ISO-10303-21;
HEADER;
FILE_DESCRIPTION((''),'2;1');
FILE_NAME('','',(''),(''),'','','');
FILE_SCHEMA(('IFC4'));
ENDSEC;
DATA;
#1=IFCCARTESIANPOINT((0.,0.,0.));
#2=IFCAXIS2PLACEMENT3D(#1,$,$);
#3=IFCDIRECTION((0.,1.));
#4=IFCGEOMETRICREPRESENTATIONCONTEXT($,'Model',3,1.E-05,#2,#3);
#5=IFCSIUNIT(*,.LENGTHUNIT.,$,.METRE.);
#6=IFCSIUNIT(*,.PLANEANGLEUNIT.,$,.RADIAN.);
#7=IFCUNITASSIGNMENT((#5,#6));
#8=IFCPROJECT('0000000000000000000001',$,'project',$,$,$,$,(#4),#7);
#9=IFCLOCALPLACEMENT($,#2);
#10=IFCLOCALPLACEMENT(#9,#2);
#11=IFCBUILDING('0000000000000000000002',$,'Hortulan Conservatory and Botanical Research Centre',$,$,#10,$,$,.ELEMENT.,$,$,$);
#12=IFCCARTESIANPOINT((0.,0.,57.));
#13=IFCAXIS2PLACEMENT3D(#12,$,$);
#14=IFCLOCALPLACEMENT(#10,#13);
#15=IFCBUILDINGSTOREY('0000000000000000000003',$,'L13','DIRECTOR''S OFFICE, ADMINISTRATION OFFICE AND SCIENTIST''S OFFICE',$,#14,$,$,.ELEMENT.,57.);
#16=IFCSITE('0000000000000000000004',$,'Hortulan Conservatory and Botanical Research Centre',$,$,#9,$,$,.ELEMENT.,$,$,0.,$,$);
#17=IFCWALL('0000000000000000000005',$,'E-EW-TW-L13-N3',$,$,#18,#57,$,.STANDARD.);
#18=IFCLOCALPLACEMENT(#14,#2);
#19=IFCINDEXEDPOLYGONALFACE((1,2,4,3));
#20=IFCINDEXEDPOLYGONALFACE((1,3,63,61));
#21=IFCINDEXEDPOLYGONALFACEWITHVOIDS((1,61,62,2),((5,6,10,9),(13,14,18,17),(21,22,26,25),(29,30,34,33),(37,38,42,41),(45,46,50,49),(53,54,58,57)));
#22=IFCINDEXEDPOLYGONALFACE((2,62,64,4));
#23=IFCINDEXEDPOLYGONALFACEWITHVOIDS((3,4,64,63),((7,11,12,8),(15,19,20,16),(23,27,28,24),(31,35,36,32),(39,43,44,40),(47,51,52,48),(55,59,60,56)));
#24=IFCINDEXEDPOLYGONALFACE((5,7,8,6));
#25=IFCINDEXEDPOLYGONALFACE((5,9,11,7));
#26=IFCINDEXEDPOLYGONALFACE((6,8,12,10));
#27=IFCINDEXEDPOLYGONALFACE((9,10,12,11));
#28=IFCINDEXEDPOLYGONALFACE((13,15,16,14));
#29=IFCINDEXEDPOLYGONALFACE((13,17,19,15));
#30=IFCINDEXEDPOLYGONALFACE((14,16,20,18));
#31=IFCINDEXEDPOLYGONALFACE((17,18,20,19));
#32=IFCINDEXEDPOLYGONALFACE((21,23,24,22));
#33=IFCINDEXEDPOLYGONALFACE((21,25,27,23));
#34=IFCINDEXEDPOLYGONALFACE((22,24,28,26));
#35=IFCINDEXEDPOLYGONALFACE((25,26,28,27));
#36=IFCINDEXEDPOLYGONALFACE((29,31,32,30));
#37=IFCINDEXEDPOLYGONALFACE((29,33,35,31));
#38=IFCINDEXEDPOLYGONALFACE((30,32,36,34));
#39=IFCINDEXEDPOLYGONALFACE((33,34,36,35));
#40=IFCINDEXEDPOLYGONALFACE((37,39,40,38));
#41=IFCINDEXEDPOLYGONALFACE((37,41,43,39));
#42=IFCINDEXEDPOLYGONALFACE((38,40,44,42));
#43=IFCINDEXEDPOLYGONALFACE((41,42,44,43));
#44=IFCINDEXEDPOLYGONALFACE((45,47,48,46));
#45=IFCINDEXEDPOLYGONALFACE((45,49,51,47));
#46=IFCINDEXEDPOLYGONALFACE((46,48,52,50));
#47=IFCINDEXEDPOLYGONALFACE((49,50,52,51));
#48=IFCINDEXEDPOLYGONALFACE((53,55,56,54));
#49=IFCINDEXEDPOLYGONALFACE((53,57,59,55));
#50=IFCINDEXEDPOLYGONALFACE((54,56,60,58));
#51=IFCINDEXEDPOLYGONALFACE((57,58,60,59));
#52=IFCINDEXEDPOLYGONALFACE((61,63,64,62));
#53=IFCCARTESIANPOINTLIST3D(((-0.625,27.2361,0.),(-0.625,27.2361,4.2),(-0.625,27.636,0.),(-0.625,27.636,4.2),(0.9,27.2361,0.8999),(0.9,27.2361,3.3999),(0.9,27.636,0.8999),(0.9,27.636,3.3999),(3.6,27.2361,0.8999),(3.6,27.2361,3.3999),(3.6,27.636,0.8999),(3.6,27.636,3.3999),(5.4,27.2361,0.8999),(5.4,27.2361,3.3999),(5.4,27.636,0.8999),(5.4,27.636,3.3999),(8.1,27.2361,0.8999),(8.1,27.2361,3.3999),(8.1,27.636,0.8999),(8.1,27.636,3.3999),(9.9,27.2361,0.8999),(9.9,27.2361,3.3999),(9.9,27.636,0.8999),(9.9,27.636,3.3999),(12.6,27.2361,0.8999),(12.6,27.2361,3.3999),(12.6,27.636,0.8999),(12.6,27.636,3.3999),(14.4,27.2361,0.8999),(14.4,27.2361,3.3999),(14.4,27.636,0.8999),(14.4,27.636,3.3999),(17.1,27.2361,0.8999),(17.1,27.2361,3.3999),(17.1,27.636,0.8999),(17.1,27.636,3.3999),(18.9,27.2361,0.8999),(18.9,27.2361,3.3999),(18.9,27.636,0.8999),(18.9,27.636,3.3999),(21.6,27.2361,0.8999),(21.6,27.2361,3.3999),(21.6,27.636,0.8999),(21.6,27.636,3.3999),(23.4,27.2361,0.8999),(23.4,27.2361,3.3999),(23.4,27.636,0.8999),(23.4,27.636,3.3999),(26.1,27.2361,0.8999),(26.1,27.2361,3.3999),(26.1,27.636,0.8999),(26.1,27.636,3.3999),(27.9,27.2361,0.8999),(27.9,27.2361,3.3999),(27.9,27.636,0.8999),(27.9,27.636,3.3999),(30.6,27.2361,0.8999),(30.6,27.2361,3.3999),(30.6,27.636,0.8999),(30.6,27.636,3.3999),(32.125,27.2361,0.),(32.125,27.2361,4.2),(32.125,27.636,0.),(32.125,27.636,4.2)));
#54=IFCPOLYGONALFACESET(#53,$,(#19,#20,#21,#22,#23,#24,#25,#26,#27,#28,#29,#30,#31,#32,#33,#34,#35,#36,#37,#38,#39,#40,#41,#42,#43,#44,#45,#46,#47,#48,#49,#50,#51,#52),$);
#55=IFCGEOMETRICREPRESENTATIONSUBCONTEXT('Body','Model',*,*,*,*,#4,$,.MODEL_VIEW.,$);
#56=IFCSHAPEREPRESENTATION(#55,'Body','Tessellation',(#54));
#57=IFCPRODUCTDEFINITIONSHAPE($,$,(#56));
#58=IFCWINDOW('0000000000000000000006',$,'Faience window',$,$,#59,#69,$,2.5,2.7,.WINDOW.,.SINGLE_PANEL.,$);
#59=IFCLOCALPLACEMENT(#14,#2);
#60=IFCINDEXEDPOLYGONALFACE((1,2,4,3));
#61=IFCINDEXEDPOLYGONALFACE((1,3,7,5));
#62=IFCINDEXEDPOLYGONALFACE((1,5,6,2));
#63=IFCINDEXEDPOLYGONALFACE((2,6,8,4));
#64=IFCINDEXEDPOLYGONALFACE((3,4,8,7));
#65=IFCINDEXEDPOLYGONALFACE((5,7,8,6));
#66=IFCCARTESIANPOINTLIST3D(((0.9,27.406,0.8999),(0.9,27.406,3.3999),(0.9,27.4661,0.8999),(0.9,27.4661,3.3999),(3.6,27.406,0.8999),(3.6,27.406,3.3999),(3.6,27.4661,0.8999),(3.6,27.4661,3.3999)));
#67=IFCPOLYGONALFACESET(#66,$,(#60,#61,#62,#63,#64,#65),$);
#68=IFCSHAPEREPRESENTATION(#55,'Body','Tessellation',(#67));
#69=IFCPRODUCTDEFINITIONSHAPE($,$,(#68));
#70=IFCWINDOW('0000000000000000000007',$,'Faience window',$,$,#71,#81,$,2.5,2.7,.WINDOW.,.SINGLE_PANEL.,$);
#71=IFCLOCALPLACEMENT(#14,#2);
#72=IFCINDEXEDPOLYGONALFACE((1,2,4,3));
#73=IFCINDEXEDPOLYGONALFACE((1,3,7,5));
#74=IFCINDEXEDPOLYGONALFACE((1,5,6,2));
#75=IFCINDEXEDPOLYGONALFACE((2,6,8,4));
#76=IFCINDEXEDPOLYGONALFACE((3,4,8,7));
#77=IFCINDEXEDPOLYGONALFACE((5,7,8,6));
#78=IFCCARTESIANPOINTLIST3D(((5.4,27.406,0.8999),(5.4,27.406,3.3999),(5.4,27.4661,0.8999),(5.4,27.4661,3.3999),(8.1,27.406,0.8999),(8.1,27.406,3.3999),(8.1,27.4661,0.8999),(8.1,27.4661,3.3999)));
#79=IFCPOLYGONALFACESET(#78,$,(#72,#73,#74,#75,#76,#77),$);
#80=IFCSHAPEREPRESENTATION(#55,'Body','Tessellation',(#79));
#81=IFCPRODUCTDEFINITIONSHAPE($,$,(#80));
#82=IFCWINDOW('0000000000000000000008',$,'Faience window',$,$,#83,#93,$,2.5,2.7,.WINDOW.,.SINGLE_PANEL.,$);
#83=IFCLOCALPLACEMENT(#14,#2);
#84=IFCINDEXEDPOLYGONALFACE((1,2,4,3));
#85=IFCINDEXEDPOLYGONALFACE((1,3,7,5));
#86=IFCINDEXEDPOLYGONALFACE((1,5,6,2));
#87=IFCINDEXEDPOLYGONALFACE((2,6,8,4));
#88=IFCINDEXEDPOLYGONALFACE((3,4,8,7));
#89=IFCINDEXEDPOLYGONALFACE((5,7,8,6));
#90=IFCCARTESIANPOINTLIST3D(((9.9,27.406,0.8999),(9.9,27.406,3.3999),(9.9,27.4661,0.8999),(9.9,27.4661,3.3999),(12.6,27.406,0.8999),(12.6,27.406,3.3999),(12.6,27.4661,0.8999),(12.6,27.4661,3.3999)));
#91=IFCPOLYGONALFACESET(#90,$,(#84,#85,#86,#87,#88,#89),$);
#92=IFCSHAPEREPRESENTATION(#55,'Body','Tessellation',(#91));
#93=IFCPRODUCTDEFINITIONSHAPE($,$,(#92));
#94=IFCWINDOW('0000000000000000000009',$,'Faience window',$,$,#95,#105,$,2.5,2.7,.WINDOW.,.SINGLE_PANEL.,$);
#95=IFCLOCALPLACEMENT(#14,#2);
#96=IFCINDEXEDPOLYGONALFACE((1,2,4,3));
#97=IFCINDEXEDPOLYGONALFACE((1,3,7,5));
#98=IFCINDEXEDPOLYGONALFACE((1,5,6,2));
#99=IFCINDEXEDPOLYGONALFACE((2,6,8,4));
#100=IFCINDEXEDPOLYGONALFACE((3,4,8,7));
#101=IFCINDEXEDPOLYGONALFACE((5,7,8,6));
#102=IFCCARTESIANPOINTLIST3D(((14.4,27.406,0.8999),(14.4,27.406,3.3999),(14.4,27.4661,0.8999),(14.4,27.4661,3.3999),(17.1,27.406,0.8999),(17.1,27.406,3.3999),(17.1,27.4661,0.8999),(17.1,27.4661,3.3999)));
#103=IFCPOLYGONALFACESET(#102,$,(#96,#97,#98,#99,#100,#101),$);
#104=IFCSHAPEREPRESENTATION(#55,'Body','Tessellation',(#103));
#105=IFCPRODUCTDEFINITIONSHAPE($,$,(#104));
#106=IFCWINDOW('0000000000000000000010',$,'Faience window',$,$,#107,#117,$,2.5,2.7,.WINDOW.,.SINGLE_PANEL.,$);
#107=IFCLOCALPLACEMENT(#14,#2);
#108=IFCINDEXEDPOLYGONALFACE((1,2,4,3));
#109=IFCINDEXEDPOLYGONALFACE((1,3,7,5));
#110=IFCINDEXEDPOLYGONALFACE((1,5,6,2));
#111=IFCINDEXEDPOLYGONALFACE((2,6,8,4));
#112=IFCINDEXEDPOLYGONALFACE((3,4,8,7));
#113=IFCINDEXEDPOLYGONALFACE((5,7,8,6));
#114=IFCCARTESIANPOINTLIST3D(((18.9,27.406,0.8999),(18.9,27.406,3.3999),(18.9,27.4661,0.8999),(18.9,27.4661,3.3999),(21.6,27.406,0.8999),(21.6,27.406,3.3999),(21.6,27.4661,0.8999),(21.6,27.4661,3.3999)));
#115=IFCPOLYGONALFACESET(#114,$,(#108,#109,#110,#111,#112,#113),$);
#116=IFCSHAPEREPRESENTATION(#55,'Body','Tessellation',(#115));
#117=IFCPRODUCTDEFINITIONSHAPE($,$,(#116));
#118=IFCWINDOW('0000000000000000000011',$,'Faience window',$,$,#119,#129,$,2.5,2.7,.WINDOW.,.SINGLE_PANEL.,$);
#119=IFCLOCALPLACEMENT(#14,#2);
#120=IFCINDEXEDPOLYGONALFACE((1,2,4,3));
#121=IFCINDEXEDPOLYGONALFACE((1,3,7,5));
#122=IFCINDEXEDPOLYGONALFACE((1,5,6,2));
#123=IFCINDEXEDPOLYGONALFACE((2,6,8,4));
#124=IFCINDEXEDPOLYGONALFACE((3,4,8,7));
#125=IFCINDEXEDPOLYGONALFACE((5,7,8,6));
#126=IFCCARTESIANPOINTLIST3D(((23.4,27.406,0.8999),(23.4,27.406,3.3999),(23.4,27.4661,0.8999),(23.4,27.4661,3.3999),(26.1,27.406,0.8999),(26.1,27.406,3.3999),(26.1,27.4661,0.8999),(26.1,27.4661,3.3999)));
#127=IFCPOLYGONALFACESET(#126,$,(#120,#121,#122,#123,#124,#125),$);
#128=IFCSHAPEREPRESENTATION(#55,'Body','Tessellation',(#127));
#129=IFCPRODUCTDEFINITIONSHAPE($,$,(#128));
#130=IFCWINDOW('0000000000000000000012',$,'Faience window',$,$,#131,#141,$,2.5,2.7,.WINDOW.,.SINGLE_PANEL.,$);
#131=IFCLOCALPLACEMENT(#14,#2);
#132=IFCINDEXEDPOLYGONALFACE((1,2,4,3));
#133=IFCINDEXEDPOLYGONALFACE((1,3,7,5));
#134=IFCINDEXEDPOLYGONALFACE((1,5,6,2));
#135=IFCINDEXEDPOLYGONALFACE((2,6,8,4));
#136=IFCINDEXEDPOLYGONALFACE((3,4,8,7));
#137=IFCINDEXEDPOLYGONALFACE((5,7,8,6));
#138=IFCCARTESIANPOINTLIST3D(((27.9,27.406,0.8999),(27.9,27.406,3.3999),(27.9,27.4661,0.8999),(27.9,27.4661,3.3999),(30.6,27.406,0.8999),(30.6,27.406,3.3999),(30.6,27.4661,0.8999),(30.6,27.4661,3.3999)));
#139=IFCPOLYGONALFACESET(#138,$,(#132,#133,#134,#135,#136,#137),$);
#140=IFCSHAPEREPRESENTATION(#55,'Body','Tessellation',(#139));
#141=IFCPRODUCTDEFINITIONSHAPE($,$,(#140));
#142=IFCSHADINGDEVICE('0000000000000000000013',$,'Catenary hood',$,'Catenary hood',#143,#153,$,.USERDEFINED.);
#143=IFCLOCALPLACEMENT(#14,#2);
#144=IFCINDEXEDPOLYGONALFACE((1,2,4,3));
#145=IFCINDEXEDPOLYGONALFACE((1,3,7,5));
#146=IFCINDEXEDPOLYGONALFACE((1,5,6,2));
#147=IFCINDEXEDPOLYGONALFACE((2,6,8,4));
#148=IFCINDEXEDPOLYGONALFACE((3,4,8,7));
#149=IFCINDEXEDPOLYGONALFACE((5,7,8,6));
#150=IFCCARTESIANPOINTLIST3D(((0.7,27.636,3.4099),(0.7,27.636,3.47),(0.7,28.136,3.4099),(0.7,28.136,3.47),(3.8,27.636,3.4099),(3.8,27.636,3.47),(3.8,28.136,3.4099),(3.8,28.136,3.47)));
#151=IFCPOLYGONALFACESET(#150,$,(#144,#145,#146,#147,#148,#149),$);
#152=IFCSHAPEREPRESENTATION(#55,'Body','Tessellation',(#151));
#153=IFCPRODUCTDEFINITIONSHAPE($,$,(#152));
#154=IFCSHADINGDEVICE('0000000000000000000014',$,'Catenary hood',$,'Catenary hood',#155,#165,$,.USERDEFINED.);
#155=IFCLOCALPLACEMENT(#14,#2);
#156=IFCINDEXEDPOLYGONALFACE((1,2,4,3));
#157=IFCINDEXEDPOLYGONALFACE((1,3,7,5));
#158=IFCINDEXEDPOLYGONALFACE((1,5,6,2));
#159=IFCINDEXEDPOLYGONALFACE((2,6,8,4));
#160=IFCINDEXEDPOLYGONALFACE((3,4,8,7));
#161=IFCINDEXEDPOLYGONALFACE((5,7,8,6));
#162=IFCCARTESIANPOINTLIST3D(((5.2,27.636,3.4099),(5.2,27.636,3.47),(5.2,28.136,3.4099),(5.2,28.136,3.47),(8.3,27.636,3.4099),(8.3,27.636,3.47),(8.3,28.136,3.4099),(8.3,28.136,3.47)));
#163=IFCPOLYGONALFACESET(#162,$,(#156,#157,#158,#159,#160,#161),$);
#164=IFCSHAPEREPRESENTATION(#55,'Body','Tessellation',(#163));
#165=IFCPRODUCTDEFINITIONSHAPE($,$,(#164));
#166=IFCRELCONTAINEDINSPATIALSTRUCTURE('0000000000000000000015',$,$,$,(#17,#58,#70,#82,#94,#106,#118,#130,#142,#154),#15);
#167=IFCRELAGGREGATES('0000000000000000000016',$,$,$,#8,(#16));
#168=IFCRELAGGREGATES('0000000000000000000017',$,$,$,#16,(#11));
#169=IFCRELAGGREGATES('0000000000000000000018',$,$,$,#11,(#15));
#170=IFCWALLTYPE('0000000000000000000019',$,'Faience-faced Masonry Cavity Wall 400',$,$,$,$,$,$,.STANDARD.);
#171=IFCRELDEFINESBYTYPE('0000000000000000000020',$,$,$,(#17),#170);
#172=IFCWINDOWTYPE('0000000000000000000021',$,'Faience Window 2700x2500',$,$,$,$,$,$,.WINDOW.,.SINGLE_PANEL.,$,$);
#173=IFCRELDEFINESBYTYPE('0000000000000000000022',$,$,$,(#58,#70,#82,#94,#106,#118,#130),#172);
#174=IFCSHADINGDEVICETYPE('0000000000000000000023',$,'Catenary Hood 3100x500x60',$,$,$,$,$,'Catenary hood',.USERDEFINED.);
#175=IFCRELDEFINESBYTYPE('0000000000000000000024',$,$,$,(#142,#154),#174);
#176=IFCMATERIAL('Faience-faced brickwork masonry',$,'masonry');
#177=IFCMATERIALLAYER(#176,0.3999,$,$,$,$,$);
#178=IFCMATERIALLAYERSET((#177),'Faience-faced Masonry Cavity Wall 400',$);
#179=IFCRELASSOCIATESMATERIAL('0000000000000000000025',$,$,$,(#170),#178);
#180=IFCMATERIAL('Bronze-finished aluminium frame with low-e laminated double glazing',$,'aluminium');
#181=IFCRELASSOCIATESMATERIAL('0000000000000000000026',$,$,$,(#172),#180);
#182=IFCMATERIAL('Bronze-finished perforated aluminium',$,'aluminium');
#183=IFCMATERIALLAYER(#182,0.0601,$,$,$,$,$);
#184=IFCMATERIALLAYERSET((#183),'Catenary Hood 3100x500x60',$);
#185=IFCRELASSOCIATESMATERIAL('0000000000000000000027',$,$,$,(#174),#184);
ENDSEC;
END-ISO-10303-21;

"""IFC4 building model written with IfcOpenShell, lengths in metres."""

from ifc_helpers import new_model, si_unit, direction, frame, frame_2d, origin, origin_2d, place, context, subcontext, project, spatial, rectangle, extrude, material, layer, layer_set, type_object, element, fill, save


model = new_model("IFC4")

# Units and contexts
model_context = context("Model", 3, precision=1e-05, world=origin(), true_north=direction((0.0, 1.0)))
body_context = subcontext(model_context, "Body", "Model", "MODEL_VIEW")
ifc_project = project(units=[si_unit("LENGTHUNIT", "METRE"), si_unit("PLANEANGLEUNIT", "RADIAN")], contexts=[model_context])

# Site, building, storey
site_placement = place(None, origin())
site = spatial("IfcSite", under=ifc_project, at=site_placement, Name="Hortulan Conservatory and Botanical Research Centre", CompositionType="ELEMENT", RefElevation=0.0)
building_placement = place(site_placement, origin())
building = spatial("IfcBuilding", under=site, at=building_placement, Name="Hortulan Conservatory and Botanical Research Centre", CompositionType="ELEMENT")
storey_placement = place(building_placement, frame((0.0, 0.0, 57.0)))
storey = spatial("IfcBuildingStorey", under=building, at=storey_placement, Name="L13", Description="DIRECTOR'S OFFICE, ADMINISTRATION OFFICE AND SCIENTIST'S OFFICE", CompositionType="ELEMENT", Elevation=57.0)

# Wall, openings, windows
ifc_material_1 = material(Name="Faience-faced brickwork masonry", Category="masonry")
ifc_layer_1 = layer(ifc_material_1, 0.3999)
ifc_layer_set_1 = layer_set([ifc_layer_1], Name="Faience-faced Masonry Cavity Wall 400")
wall_type = type_object("IfcWallType", Name="Faience-faced Masonry Cavity Wall 400", PredefinedType="STANDARD", material=ifc_layer_set_1)
wall_placement = place(storey_placement, frame((-0.625, 27.436, 0.0), z_axis=(0.0, 0.0, 1.0), x_axis=(1.0, 0.0, 0.0)))
wall = element("IfcWall", 1, at=wall_placement, inside=storey, type_object=wall_type, Name="E-EW-TW-L13-N3", PredefinedType="STANDARD", context=body_context, shape_type="SweptSolid", body=[
    extrude(rectangle(XDim=32.75, YDim=0.3999, at=frame_2d((16.375, 0.0))), origin(), (0.0, 0.0, 1.0), 4.2),
])
opening_1_placement = place(wall_placement, frame((1.5249, 0.0, 0.8999)))
opening_1 = element("IfcOpeningElement", 2, at=opening_1_placement, cuts=wall, PredefinedType="OPENING", context=body_context, shape_type="SweptSolid", body=[
    extrude(rectangle(XDim=2.7, YDim=2.5, at=frame_2d((1.3501, 1.25))), frame((0.0, 0.21, 0.0), z_axis=(0.0, -1.0, 0.0), x_axis=(1.0, 0.0, 0.0)), (0.0, 0.0, 1.0), 0.4199),
])
opening_2_placement = place(wall_placement, frame((6.0249, 0.0, 0.8999)))
opening_2 = element("IfcOpeningElement", 3, at=opening_2_placement, cuts=wall, PredefinedType="OPENING", context=body_context, shape_type="SweptSolid", body=[
    extrude(rectangle(XDim=2.7, YDim=2.5, at=frame_2d((1.3501, 1.25))), frame((0.0, 0.21, 0.0), z_axis=(0.0, -1.0, 0.0), x_axis=(1.0, 0.0, 0.0)), (0.0, 0.0, 1.0), 0.4199),
])
opening_3_placement = place(wall_placement, frame((10.5249, 0.0, 0.8999)))
opening_3 = element("IfcOpeningElement", 4, at=opening_3_placement, cuts=wall, PredefinedType="OPENING", context=body_context, shape_type="SweptSolid", body=[
    extrude(rectangle(XDim=2.7, YDim=2.5, at=frame_2d((1.3501, 1.25))), frame((0.0, 0.21, 0.0), z_axis=(0.0, -1.0, 0.0), x_axis=(1.0, 0.0, 0.0)), (0.0, 0.0, 1.0), 0.4199),
])
opening_4_placement = place(wall_placement, frame((15.0249, 0.0, 0.8999)))
opening_4 = element("IfcOpeningElement", 5, at=opening_4_placement, cuts=wall, PredefinedType="OPENING", context=body_context, shape_type="SweptSolid", body=[
    extrude(rectangle(XDim=2.7, YDim=2.5, at=frame_2d((1.3501, 1.25))), frame((0.0, 0.21, 0.0), z_axis=(0.0, -1.0, 0.0), x_axis=(1.0, 0.0, 0.0)), (0.0, 0.0, 1.0), 0.4199),
])
opening_5_placement = place(wall_placement, frame((19.5249, 0.0, 0.8999)))
opening_5 = element("IfcOpeningElement", 6, at=opening_5_placement, cuts=wall, PredefinedType="OPENING", context=body_context, shape_type="SweptSolid", body=[
    extrude(rectangle(XDim=2.7, YDim=2.5, at=frame_2d((1.3501, 1.25))), frame((0.0, 0.21, 0.0), z_axis=(0.0, -1.0, 0.0), x_axis=(1.0, 0.0, 0.0)), (0.0, 0.0, 1.0), 0.4199),
])
opening_6_placement = place(wall_placement, frame((24.0249, 0.0, 0.8999)))
opening_6 = element("IfcOpeningElement", 7, at=opening_6_placement, cuts=wall, PredefinedType="OPENING", context=body_context, shape_type="SweptSolid", body=[
    extrude(rectangle(XDim=2.7, YDim=2.5, at=frame_2d((1.3501, 1.25))), frame((0.0, 0.21, 0.0), z_axis=(0.0, -1.0, 0.0), x_axis=(1.0, 0.0, 0.0)), (0.0, 0.0, 1.0), 0.4199),
])
opening_7_placement = place(wall_placement, frame((28.5249, 0.0, 0.8999)))
opening_7 = element("IfcOpeningElement", 8, at=opening_7_placement, cuts=wall, PredefinedType="OPENING", context=body_context, shape_type="SweptSolid", body=[
    extrude(rectangle(XDim=2.7, YDim=2.5, at=frame_2d((1.3501, 1.25))), frame((0.0, 0.21, 0.0), z_axis=(0.0, -1.0, 0.0), x_axis=(1.0, 0.0, 0.0)), (0.0, 0.0, 1.0), 0.4199),
])
ifc_material_2 = material(Name="Bronze-finished aluminium frame with low-e laminated double glazing", Category="aluminium")
window_type = type_object("IfcWindowType", Name="Faience Window 2700x2500", PartitioningType="SINGLE_PANEL", PredefinedType="WINDOW", material=ifc_material_2)
window_1_placement = place(opening_1_placement, origin())
window_1 = element("IfcWindow", 9, at=window_1_placement, inside=storey, type_object=window_type, Name="Faience window", OverallHeight=2.5, OverallWidth=2.7, PartitioningType="SINGLE_PANEL", PredefinedType="WINDOW", context=body_context, shape_type="SweptSolid", body=[
    extrude(rectangle(XDim=2.7, YDim=2.5, at=frame_2d((1.3501, 1.25))), frame((0.0, 0.03, 0.0), z_axis=(0.0, -1.0, 0.0), x_axis=(1.0, 0.0, 0.0)), (0.0, 0.0, 1.0), 0.0601),
])
fill(opening_1, window_1)
window_2_placement = place(opening_2_placement, origin())
window_2 = element("IfcWindow", 10, at=window_2_placement, inside=storey, type_object=window_type, Name="Faience window", OverallHeight=2.5, OverallWidth=2.7, PartitioningType="SINGLE_PANEL", PredefinedType="WINDOW", context=body_context, shape_type="SweptSolid", body=[
    extrude(rectangle(XDim=2.7, YDim=2.5, at=frame_2d((1.3501, 1.25))), frame((0.0, 0.03, 0.0), z_axis=(0.0, -1.0, 0.0), x_axis=(1.0, 0.0, 0.0)), (0.0, 0.0, 1.0), 0.0601),
])
fill(opening_2, window_2)
window_3_placement = place(opening_3_placement, origin())
window_3 = element("IfcWindow", 11, at=window_3_placement, inside=storey, type_object=window_type, Name="Faience window", OverallHeight=2.5, OverallWidth=2.7, PartitioningType="SINGLE_PANEL", PredefinedType="WINDOW", context=body_context, shape_type="SweptSolid", body=[
    extrude(rectangle(XDim=2.7, YDim=2.5, at=frame_2d((1.3501, 1.25))), frame((0.0, 0.03, 0.0), z_axis=(0.0, -1.0, 0.0), x_axis=(1.0, 0.0, 0.0)), (0.0, 0.0, 1.0), 0.0601),
])
fill(opening_3, window_3)
window_4_placement = place(opening_4_placement, origin())
window_4 = element("IfcWindow", 12, at=window_4_placement, inside=storey, type_object=window_type, Name="Faience window", OverallHeight=2.5, OverallWidth=2.7, PartitioningType="SINGLE_PANEL", PredefinedType="WINDOW", context=body_context, shape_type="SweptSolid", body=[
    extrude(rectangle(XDim=2.7, YDim=2.5, at=frame_2d((1.3501, 1.25))), frame((0.0, 0.03, 0.0), z_axis=(0.0, -1.0, 0.0), x_axis=(1.0, 0.0, 0.0)), (0.0, 0.0, 1.0), 0.0601),
])
fill(opening_4, window_4)
window_5_placement = place(opening_5_placement, origin())
window_5 = element("IfcWindow", 13, at=window_5_placement, inside=storey, type_object=window_type, Name="Faience window", OverallHeight=2.5, OverallWidth=2.7, PartitioningType="SINGLE_PANEL", PredefinedType="WINDOW", context=body_context, shape_type="SweptSolid", body=[
    extrude(rectangle(XDim=2.7, YDim=2.5, at=frame_2d((1.3501, 1.25))), frame((0.0, 0.03, 0.0), z_axis=(0.0, -1.0, 0.0), x_axis=(1.0, 0.0, 0.0)), (0.0, 0.0, 1.0), 0.0601),
])
fill(opening_5, window_5)
window_6_placement = place(opening_6_placement, origin())
window_6 = element("IfcWindow", 14, at=window_6_placement, inside=storey, type_object=window_type, Name="Faience window", OverallHeight=2.5, OverallWidth=2.7, PartitioningType="SINGLE_PANEL", PredefinedType="WINDOW", context=body_context, shape_type="SweptSolid", body=[
    extrude(rectangle(XDim=2.7, YDim=2.5, at=frame_2d((1.3501, 1.25))), frame((0.0, 0.03, 0.0), z_axis=(0.0, -1.0, 0.0), x_axis=(1.0, 0.0, 0.0)), (0.0, 0.0, 1.0), 0.0601),
])
fill(opening_6, window_6)
window_7_placement = place(opening_7_placement, origin())
window_7 = element("IfcWindow", 15, at=window_7_placement, inside=storey, type_object=window_type, Name="Faience window", OverallHeight=2.5, OverallWidth=2.7, PartitioningType="SINGLE_PANEL", PredefinedType="WINDOW", context=body_context, shape_type="SweptSolid", body=[
    extrude(rectangle(XDim=2.7, YDim=2.5, at=frame_2d((1.3501, 1.25))), frame((0.0, 0.03, 0.0), z_axis=(0.0, -1.0, 0.0), x_axis=(1.0, 0.0, 0.0)), (0.0, 0.0, 1.0), 0.0601),
])
fill(opening_7, window_7)

# Shading devices
ifc_material_3 = material(Name="Bronze-finished perforated aluminium", Category="aluminium")
ifc_layer_2 = layer(ifc_material_3, 0.0601)
ifc_layer_set_2 = layer_set([ifc_layer_2], Name="Catenary Hood 3100x500x60")
shading_device_type = type_object("IfcShadingDeviceType", Name="Catenary Hood 3100x500x60", ElementType="Catenary hood", PredefinedType="USERDEFINED", material=ifc_layer_set_2)
for number, where, z_axis, x_axis, name in (
    (16, (2.25, 27.886, 3.4099), (0.0, 0.0, 1.0), (1.0, 0.0, 0.0), "Catenary hood"),
    (17, (6.75, 27.886, 3.4099), (0.0, 0.0, 1.0), (1.0, 0.0, 0.0), "Catenary hood"),
):
    element("IfcShadingDevice", number, at=place(storey_placement, frame(where, z_axis=z_axis, x_axis=x_axis)), inside=storey, type_object=shading_device_type, Name=name, ObjectType="Catenary hood", PredefinedType="USERDEFINED", context=body_context, shape_type="SweptSolid", body=[
        extrude(rectangle(XDim=3.1001, YDim=0.5, at=origin_2d()), origin(), (0.0, 0.0, 1.0), 0.0601),
    ])

save(model, "model.ifc")
